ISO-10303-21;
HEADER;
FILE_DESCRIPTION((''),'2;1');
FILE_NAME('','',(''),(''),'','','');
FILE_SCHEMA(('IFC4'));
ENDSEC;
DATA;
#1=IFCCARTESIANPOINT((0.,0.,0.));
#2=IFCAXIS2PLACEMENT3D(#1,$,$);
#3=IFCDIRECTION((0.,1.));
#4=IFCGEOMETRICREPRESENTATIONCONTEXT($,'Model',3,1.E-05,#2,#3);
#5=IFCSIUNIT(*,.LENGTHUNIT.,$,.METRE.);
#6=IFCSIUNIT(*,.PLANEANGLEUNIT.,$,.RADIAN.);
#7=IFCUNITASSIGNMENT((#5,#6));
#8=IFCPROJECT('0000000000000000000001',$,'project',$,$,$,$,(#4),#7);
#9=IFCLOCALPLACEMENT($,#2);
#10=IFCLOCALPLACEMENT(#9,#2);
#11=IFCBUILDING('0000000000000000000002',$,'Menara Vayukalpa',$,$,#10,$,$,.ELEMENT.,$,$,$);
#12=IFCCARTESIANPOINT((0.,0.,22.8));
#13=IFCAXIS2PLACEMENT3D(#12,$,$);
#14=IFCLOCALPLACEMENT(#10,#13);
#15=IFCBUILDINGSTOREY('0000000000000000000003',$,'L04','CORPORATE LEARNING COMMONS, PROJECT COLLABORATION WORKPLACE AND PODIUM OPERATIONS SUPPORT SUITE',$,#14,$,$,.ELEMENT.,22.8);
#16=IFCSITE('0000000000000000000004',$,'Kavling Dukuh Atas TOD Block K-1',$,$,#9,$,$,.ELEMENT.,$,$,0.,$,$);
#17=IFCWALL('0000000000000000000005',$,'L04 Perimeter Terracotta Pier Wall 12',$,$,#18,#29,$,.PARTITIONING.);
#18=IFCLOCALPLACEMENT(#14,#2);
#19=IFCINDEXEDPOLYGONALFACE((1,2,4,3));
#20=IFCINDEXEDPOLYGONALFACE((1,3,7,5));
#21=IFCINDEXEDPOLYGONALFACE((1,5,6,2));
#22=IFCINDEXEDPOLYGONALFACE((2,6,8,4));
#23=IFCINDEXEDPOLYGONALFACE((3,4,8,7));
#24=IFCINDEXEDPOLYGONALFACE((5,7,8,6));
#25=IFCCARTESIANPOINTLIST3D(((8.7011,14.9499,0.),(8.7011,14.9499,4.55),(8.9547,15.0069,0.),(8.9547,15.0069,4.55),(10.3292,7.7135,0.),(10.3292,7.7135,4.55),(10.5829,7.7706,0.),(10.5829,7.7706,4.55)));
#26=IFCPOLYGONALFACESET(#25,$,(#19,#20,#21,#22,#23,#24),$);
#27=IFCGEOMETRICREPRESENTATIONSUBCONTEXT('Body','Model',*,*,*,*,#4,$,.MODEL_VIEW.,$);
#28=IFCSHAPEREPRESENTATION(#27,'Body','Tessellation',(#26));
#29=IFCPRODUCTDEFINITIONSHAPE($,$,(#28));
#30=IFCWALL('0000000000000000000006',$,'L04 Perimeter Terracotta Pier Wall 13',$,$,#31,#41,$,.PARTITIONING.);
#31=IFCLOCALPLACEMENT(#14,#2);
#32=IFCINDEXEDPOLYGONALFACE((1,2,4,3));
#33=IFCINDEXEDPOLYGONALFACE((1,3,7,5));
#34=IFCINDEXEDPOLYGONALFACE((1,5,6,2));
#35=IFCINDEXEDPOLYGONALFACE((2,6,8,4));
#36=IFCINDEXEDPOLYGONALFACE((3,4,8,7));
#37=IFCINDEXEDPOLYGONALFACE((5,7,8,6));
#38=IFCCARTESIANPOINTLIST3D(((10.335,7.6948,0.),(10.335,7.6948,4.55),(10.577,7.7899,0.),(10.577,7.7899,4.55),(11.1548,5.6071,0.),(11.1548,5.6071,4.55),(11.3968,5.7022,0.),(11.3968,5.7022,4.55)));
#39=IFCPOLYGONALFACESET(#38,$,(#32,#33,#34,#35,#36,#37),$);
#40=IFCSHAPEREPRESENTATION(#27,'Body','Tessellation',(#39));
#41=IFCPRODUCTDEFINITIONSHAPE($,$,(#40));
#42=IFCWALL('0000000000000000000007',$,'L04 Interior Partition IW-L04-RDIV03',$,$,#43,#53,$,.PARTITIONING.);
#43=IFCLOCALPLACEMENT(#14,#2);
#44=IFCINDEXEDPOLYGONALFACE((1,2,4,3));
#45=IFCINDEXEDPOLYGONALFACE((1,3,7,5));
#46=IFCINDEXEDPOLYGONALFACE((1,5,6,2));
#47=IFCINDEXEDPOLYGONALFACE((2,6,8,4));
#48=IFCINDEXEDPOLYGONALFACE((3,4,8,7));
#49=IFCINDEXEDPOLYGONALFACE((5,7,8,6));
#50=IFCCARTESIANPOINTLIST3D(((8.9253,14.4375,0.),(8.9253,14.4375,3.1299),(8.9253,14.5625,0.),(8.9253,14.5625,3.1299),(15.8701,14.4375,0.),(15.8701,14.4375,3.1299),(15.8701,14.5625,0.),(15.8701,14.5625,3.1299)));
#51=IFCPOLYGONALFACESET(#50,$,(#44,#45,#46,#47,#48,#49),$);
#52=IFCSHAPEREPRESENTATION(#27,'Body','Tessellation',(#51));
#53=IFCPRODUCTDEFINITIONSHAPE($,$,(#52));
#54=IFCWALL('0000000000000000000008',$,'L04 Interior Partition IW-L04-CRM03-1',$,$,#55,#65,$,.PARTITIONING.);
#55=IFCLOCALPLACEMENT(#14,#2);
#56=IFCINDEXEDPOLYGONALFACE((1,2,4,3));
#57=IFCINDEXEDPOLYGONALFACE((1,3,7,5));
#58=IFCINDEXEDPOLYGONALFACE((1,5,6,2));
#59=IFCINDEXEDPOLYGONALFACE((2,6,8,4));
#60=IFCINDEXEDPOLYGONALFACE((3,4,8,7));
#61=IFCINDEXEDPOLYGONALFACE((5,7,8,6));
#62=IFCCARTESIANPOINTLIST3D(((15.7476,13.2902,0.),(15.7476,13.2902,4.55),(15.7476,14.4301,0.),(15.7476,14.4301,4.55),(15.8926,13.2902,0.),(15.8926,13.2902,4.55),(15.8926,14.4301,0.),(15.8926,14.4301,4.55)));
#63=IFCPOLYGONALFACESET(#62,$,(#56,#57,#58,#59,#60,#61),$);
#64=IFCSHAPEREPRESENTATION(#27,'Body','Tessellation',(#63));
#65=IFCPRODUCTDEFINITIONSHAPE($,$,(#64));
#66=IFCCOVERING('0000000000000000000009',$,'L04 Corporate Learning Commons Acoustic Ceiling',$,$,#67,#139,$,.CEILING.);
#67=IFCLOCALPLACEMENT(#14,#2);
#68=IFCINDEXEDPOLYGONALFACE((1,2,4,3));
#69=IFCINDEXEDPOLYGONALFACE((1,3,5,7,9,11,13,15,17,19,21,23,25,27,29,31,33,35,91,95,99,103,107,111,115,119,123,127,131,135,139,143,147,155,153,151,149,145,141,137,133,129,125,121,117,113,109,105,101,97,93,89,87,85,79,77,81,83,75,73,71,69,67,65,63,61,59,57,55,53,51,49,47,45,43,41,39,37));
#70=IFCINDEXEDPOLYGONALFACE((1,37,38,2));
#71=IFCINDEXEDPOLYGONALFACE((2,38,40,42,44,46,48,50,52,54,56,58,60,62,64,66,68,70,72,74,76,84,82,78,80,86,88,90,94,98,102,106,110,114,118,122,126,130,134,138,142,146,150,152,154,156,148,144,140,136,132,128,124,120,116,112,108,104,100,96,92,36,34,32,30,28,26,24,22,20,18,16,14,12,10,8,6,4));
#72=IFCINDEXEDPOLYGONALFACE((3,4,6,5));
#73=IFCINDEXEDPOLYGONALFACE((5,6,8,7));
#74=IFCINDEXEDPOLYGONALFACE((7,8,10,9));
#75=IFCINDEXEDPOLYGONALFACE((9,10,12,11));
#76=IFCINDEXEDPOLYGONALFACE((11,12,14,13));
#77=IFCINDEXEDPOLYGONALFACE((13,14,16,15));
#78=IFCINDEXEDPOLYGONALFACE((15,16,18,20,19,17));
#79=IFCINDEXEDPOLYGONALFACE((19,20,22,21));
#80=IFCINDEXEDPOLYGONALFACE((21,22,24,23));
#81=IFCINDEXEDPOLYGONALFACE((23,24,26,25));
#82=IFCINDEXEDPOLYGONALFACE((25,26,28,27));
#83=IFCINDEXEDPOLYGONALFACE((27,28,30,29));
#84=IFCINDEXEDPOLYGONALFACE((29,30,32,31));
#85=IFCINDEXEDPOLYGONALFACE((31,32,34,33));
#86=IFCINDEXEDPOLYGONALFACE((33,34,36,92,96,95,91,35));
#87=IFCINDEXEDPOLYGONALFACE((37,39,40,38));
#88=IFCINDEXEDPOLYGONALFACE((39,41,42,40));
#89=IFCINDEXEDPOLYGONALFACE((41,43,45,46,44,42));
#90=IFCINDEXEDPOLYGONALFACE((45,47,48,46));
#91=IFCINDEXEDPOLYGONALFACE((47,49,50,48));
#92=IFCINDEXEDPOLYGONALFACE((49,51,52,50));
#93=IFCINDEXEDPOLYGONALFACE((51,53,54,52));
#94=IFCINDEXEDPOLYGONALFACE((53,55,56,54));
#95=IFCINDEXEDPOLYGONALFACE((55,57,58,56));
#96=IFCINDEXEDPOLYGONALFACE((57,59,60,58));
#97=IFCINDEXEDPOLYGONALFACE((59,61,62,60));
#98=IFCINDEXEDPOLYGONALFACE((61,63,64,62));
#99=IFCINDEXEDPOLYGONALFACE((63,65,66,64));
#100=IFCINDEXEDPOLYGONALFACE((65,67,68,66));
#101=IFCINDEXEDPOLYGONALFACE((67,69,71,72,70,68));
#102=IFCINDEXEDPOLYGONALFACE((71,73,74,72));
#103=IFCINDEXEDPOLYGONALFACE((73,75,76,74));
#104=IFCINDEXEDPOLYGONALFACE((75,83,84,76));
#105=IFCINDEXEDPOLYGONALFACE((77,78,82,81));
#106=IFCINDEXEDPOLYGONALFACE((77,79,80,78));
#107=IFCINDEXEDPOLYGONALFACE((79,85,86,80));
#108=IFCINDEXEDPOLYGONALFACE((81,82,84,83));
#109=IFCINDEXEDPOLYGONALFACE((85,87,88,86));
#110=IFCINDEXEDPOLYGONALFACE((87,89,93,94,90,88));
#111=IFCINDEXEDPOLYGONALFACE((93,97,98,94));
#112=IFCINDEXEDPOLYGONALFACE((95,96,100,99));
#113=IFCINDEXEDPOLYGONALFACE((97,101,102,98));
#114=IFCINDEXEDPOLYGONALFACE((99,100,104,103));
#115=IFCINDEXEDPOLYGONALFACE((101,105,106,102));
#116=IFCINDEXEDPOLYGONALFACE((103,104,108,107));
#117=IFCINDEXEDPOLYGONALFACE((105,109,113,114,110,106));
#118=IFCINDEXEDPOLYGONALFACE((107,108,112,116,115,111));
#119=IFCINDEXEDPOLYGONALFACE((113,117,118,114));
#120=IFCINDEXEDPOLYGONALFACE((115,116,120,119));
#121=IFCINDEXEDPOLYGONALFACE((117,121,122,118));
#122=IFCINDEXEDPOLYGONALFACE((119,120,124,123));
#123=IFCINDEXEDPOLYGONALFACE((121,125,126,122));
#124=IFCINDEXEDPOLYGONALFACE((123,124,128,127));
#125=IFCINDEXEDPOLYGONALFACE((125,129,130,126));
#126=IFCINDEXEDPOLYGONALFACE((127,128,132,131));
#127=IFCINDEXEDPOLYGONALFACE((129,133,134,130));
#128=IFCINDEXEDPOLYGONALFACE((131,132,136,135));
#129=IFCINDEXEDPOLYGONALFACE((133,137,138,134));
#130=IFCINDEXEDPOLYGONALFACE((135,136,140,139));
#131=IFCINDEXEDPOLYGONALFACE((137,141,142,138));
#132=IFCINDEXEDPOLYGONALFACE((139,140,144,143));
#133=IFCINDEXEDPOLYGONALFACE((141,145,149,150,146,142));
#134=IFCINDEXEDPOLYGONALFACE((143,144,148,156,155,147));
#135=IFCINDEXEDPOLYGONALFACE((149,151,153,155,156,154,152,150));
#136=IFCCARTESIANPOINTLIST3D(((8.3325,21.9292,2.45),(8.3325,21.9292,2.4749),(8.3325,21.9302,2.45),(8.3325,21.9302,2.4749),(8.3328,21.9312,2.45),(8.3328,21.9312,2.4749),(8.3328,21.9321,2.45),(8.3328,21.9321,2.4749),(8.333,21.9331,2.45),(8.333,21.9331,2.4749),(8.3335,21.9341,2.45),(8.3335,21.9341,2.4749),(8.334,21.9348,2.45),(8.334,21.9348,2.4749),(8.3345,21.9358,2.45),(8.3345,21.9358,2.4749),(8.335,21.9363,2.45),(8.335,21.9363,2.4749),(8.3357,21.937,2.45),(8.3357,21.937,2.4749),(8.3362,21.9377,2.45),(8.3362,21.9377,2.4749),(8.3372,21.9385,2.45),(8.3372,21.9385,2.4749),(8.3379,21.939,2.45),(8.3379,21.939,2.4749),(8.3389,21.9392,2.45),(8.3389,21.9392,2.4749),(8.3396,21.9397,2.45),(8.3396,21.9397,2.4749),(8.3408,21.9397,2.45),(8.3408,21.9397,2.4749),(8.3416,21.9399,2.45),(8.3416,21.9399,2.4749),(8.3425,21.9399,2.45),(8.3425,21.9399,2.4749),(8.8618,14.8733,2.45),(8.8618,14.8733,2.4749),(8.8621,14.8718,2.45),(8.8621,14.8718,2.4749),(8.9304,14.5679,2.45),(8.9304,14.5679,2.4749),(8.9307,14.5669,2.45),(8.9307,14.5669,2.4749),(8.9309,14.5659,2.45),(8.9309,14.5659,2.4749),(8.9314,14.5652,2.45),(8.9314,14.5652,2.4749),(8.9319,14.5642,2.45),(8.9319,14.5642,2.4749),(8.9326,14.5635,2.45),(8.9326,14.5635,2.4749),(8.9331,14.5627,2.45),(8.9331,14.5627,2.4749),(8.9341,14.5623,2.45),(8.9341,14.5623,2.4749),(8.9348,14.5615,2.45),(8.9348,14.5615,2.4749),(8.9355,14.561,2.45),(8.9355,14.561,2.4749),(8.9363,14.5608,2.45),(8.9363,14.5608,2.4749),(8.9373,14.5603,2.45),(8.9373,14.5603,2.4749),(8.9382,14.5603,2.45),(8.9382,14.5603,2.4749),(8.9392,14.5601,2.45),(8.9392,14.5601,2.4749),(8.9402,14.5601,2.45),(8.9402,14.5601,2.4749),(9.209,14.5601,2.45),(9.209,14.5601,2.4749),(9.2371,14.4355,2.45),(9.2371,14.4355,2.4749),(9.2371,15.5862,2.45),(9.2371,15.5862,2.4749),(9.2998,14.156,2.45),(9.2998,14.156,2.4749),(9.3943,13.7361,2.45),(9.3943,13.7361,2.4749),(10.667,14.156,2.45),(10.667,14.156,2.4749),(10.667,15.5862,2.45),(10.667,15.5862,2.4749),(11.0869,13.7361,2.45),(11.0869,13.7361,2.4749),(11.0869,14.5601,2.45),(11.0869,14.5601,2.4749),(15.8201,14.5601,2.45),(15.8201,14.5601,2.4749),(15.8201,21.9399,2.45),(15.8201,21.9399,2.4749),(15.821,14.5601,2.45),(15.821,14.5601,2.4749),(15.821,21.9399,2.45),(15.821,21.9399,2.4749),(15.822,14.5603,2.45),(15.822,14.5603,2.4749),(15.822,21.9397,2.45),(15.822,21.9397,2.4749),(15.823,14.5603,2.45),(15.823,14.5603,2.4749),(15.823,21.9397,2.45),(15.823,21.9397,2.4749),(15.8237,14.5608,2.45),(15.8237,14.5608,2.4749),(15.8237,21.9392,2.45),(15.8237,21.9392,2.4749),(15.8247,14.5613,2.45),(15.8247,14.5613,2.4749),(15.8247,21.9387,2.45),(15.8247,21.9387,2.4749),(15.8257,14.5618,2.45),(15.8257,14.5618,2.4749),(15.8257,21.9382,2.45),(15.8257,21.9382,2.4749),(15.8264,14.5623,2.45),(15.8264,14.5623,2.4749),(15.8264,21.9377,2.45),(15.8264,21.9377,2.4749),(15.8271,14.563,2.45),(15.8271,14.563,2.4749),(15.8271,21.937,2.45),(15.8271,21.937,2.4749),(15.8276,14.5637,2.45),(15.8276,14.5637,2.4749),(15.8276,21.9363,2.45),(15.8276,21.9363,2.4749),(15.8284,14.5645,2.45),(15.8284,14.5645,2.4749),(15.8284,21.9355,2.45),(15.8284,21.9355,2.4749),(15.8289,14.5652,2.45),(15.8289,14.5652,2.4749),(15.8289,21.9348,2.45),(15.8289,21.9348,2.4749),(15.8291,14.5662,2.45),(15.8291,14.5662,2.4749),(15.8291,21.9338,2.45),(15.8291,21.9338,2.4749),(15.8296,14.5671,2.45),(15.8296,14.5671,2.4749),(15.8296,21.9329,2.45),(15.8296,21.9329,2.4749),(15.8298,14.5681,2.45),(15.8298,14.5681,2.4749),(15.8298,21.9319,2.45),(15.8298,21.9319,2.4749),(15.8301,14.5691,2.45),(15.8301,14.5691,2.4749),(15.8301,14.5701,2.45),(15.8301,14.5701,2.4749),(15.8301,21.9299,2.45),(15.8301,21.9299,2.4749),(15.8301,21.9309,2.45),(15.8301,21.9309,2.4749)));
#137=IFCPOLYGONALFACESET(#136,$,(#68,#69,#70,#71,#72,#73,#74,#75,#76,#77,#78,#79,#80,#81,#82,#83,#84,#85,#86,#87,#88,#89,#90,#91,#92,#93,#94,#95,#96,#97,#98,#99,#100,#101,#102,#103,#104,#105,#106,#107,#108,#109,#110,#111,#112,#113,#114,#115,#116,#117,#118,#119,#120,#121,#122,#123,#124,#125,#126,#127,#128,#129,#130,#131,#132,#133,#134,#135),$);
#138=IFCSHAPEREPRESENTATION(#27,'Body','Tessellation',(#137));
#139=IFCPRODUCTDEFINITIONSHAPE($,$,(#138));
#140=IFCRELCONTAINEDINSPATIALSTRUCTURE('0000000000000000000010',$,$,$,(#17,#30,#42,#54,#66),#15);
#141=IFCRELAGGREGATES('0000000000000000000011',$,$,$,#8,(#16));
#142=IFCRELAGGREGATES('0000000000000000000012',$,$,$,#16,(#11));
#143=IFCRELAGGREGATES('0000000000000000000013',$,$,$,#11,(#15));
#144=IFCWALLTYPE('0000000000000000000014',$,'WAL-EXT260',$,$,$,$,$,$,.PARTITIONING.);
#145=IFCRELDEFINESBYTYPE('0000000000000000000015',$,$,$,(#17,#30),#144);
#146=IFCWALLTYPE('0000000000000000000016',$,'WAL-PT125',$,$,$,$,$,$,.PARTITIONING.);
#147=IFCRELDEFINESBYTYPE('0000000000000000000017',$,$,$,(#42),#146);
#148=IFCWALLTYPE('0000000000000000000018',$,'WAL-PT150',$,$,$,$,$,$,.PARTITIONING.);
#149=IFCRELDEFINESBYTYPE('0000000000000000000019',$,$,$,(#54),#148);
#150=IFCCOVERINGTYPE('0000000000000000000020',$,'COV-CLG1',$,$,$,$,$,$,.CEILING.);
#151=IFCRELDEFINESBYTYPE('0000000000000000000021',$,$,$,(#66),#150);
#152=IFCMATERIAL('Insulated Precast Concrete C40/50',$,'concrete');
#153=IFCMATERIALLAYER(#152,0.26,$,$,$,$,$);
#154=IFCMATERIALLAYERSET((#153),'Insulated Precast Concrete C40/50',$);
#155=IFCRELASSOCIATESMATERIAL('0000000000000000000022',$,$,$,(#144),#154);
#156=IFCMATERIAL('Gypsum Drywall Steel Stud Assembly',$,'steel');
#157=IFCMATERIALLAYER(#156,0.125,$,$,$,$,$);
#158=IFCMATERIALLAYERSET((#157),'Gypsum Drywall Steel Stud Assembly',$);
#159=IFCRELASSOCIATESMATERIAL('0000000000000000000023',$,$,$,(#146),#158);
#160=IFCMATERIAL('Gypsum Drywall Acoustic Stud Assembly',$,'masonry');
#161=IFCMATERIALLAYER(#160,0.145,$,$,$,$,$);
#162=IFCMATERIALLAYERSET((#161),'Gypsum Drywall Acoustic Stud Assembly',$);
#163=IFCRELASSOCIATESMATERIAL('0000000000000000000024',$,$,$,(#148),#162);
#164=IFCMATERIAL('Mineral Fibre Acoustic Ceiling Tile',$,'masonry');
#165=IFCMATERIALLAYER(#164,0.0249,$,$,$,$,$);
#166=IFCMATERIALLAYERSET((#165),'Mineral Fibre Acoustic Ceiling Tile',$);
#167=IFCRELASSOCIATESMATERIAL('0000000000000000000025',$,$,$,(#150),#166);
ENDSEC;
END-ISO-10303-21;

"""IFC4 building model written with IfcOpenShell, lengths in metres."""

from ifc_helpers import new_model, si_unit, direction, frame, frame_2d, origin, place, context, subcontext, project, spatial, polyline, rectangle, outline, extrude, material, layer, layer_set, type_object, element, save


model = new_model("IFC4")

# Units and contexts
model_context = context("Model", 3, precision=1e-05, world=origin(), true_north=direction((0.0, 1.0)))
body_context = subcontext(model_context, "Body", "Model", "MODEL_VIEW")
ifc_project = project(units=[si_unit("LENGTHUNIT", "METRE"), si_unit("PLANEANGLEUNIT", "RADIAN")], contexts=[model_context])

# Site, building, storey
site_placement = place(None, origin())
site = spatial("IfcSite", under=ifc_project, at=site_placement, Name="Kavling Dukuh Atas TOD Block K-1", CompositionType="ELEMENT", RefElevation=0.0)
building_placement = place(site_placement, origin())
building = spatial("IfcBuilding", under=site, at=building_placement, Name="Menara Vayukalpa", CompositionType="ELEMENT")
storey_placement = place(building_placement, frame((0.0, 0.0, 22.8)))
storey = spatial("IfcBuildingStorey", under=building, at=storey_placement, Name="L04", Description="CORPORATE LEARNING COMMONS, PROJECT COLLABORATION WORKPLACE AND PODIUM OPERATIONS SUPPORT SUITE", CompositionType="ELEMENT", Elevation=22.8)

# Walls
ifc_material_1 = material(Name="Insulated Precast Concrete C40/50", Category="concrete")
ifc_layer_1 = layer(ifc_material_1, 0.26)
ifc_layer_set_1 = layer_set([ifc_layer_1], Name="Insulated Precast Concrete C40/50")
wall_type_1 = type_object("IfcWallType", Name="WAL-EXT260", PredefinedType="PARTITIONING", material=ifc_layer_set_1)
wall_1_placement = place(storey_placement, frame((10.4561, 7.7422, 0.0), z_axis=(0.0, 0.0, 1.0), x_axis=(-0.219512, 0.97561, 0.0)))
element("IfcWall", 1, at=wall_1_placement, inside=storey, type_object=wall_type_1, Name="L04 Perimeter Terracotta Pier Wall 12", PredefinedType="PARTITIONING", context=body_context, shape_type="SweptSolid", body=[
    extrude(rectangle(XDim=7.4172, YDim=0.26, at=frame_2d((3.7085, 0.0))), origin(), (0.0, 0.0, 1.0), 4.55),
])
wall_2_placement = place(storey_placement, frame((11.2759, 5.6545, 0.0), z_axis=(0.0, 0.0, 1.0), x_axis=(-0.365528, 0.9308, 0.0)))
element("IfcWall", 2, at=wall_2_placement, inside=storey, type_object=wall_type_1, Name="L04 Perimeter Terracotta Pier Wall 13", PredefinedType="PARTITIONING", context=body_context, shape_type="SweptSolid", body=[
    extrude(rectangle(XDim=2.2429, YDim=0.26, at=frame_2d((1.1216, 0.0))), origin(), (0.0, 0.0, 1.0), 4.55),
])
ifc_material_2 = material(Name="Gypsum Drywall Steel Stud Assembly", Category="steel")
ifc_layer_2 = layer(ifc_material_2, 0.125)
ifc_layer_set_2 = layer_set([ifc_layer_2], Name="Gypsum Drywall Steel Stud Assembly")
wall_type_2 = type_object("IfcWallType", Name="WAL-PT125", PredefinedType="PARTITIONING", material=ifc_layer_set_2)
wall_3_placement = place(storey_placement, frame((8.9253, 14.5, 0.0), z_axis=(0.0, 0.0, 1.0), x_axis=(1.0, 0.0, 0.0)))
element("IfcWall", 3, at=wall_3_placement, inside=storey, type_object=wall_type_2, Name="L04 Interior Partition IW-L04-RDIV03", PredefinedType="PARTITIONING", context=body_context, shape_type="SweptSolid", body=[
    extrude(rectangle(XDim=6.9448, YDim=0.125, at=frame_2d((3.4724, 0.0))), origin(), (0.0, 0.0, 1.0), 3.1299),
])
ifc_material_3 = material(Name="Gypsum Drywall Acoustic Stud Assembly", Category="masonry")
ifc_layer_3 = layer(ifc_material_3, 0.145)
ifc_layer_set_3 = layer_set([ifc_layer_3], Name="Gypsum Drywall Acoustic Stud Assembly")
wall_type_3 = type_object("IfcWallType", Name="WAL-PT150", PredefinedType="PARTITIONING", material=ifc_layer_set_3)
wall_4_placement = place(storey_placement, frame((15.8201, 14.4299, 0.0), z_axis=(0.0, 0.0, 1.0), x_axis=(0.0, -1.0, 0.0)))
element("IfcWall", 4, at=wall_4_placement, inside=storey, type_object=wall_type_3, Name="L04 Interior Partition IW-L04-CRM03-1", PredefinedType="PARTITIONING", context=body_context, shape_type="SweptSolid", body=[
    extrude(rectangle(XDim=1.1399, YDim=0.145, at=frame_2d((0.5698, 0.0))), origin(), (0.0, 0.0, 1.0), 4.55),
])

# Covering
ifc_material_4 = material(Name="Mineral Fibre Acoustic Ceiling Tile", Category="masonry")
ifc_layer_4 = layer(ifc_material_4, 0.0249)
ifc_layer_set_4 = layer_set([ifc_layer_4], Name="Mineral Fibre Acoustic Ceiling Tile")
covering_type_1 = type_object("IfcCoveringType", Name="COV-CLG1", PredefinedType="CEILING", material=ifc_layer_set_4)
covering_1_placement = place(storey_placement, frame((0.0, 0.0, 2.45)))
element("IfcCovering", 5, at=covering_1_placement, inside=storey, type_object=covering_type_1, Name="L04 Corporate Learning Commons Acoustic Ceiling", PredefinedType="CEILING", context=body_context, shape_type="SweptSolid", body=[
    extrude(outline(polyline([(8.9402, 14.5601), (8.9392, 14.5601), (8.9382, 14.5603), (8.9373, 14.5603), (8.9363, 14.5608), (8.9355, 14.561), (8.9348, 14.5615), (8.9341, 14.5623), (8.9331, 14.5627), (8.9326, 14.5635), (8.9319, 14.5642), (8.9314, 14.5652), (8.9309, 14.5659), (8.9307, 14.5669), (8.9304, 14.5679), (8.8621, 14.8718), (8.8618, 14.8733), (8.3325, 21.9292), (8.3325, 21.9302), (8.3328, 21.9312), (8.3328, 21.9321), (8.333, 21.9331), (8.3335, 21.9341), (8.334, 21.9348), (8.3345, 21.9358), (8.335, 21.9363), (8.3357, 21.937), (8.3362, 21.9377), (8.3372, 21.9385), (8.3379, 21.939), (8.3389, 21.9392), (8.3396, 21.9397), (8.3408, 21.9397), (8.3416, 21.9399), (8.3425, 21.9399), (15.8201, 21.9399), (15.821, 21.9399), (15.822, 21.9397), (15.823, 21.9397), (15.8237, 21.9392), (15.8247, 21.9387), (15.8257, 21.9382), (15.8264, 21.9377), (15.8271, 21.937), (15.8276, 21.9363), (15.8284, 21.9355), (15.8289, 21.9348), (15.8291, 21.9338), (15.8296, 21.9329), (15.8298, 21.9319), (15.8301, 21.9309), (15.8301, 21.9299), (15.8301, 14.5701), (15.8301, 14.5691), (15.8298, 14.5681), (15.8296, 14.5671), (15.8291, 14.5662), (15.8289, 14.5652), (15.8284, 14.5645), (15.8276, 14.5637), (15.8271, 14.563), (15.8264, 14.5623), (15.8257, 14.5618), (15.8247, 14.5613), (15.8237, 14.5608), (15.823, 14.5603), (15.822, 14.5603), (15.821, 14.5601), (15.8201, 14.5601), (11.0869, 14.5601), (11.0869, 13.7361), (9.3943, 13.7361), (9.2998, 14.156), (10.667, 14.156), (10.667, 15.5862), (9.2371, 15.5862), (9.2371, 14.4355), (9.209, 14.5601), (8.9402, 14.5601)])), origin(), (0.0, 0.0, 1.0), 0.0249),
])

save(model, "model.ifc")
